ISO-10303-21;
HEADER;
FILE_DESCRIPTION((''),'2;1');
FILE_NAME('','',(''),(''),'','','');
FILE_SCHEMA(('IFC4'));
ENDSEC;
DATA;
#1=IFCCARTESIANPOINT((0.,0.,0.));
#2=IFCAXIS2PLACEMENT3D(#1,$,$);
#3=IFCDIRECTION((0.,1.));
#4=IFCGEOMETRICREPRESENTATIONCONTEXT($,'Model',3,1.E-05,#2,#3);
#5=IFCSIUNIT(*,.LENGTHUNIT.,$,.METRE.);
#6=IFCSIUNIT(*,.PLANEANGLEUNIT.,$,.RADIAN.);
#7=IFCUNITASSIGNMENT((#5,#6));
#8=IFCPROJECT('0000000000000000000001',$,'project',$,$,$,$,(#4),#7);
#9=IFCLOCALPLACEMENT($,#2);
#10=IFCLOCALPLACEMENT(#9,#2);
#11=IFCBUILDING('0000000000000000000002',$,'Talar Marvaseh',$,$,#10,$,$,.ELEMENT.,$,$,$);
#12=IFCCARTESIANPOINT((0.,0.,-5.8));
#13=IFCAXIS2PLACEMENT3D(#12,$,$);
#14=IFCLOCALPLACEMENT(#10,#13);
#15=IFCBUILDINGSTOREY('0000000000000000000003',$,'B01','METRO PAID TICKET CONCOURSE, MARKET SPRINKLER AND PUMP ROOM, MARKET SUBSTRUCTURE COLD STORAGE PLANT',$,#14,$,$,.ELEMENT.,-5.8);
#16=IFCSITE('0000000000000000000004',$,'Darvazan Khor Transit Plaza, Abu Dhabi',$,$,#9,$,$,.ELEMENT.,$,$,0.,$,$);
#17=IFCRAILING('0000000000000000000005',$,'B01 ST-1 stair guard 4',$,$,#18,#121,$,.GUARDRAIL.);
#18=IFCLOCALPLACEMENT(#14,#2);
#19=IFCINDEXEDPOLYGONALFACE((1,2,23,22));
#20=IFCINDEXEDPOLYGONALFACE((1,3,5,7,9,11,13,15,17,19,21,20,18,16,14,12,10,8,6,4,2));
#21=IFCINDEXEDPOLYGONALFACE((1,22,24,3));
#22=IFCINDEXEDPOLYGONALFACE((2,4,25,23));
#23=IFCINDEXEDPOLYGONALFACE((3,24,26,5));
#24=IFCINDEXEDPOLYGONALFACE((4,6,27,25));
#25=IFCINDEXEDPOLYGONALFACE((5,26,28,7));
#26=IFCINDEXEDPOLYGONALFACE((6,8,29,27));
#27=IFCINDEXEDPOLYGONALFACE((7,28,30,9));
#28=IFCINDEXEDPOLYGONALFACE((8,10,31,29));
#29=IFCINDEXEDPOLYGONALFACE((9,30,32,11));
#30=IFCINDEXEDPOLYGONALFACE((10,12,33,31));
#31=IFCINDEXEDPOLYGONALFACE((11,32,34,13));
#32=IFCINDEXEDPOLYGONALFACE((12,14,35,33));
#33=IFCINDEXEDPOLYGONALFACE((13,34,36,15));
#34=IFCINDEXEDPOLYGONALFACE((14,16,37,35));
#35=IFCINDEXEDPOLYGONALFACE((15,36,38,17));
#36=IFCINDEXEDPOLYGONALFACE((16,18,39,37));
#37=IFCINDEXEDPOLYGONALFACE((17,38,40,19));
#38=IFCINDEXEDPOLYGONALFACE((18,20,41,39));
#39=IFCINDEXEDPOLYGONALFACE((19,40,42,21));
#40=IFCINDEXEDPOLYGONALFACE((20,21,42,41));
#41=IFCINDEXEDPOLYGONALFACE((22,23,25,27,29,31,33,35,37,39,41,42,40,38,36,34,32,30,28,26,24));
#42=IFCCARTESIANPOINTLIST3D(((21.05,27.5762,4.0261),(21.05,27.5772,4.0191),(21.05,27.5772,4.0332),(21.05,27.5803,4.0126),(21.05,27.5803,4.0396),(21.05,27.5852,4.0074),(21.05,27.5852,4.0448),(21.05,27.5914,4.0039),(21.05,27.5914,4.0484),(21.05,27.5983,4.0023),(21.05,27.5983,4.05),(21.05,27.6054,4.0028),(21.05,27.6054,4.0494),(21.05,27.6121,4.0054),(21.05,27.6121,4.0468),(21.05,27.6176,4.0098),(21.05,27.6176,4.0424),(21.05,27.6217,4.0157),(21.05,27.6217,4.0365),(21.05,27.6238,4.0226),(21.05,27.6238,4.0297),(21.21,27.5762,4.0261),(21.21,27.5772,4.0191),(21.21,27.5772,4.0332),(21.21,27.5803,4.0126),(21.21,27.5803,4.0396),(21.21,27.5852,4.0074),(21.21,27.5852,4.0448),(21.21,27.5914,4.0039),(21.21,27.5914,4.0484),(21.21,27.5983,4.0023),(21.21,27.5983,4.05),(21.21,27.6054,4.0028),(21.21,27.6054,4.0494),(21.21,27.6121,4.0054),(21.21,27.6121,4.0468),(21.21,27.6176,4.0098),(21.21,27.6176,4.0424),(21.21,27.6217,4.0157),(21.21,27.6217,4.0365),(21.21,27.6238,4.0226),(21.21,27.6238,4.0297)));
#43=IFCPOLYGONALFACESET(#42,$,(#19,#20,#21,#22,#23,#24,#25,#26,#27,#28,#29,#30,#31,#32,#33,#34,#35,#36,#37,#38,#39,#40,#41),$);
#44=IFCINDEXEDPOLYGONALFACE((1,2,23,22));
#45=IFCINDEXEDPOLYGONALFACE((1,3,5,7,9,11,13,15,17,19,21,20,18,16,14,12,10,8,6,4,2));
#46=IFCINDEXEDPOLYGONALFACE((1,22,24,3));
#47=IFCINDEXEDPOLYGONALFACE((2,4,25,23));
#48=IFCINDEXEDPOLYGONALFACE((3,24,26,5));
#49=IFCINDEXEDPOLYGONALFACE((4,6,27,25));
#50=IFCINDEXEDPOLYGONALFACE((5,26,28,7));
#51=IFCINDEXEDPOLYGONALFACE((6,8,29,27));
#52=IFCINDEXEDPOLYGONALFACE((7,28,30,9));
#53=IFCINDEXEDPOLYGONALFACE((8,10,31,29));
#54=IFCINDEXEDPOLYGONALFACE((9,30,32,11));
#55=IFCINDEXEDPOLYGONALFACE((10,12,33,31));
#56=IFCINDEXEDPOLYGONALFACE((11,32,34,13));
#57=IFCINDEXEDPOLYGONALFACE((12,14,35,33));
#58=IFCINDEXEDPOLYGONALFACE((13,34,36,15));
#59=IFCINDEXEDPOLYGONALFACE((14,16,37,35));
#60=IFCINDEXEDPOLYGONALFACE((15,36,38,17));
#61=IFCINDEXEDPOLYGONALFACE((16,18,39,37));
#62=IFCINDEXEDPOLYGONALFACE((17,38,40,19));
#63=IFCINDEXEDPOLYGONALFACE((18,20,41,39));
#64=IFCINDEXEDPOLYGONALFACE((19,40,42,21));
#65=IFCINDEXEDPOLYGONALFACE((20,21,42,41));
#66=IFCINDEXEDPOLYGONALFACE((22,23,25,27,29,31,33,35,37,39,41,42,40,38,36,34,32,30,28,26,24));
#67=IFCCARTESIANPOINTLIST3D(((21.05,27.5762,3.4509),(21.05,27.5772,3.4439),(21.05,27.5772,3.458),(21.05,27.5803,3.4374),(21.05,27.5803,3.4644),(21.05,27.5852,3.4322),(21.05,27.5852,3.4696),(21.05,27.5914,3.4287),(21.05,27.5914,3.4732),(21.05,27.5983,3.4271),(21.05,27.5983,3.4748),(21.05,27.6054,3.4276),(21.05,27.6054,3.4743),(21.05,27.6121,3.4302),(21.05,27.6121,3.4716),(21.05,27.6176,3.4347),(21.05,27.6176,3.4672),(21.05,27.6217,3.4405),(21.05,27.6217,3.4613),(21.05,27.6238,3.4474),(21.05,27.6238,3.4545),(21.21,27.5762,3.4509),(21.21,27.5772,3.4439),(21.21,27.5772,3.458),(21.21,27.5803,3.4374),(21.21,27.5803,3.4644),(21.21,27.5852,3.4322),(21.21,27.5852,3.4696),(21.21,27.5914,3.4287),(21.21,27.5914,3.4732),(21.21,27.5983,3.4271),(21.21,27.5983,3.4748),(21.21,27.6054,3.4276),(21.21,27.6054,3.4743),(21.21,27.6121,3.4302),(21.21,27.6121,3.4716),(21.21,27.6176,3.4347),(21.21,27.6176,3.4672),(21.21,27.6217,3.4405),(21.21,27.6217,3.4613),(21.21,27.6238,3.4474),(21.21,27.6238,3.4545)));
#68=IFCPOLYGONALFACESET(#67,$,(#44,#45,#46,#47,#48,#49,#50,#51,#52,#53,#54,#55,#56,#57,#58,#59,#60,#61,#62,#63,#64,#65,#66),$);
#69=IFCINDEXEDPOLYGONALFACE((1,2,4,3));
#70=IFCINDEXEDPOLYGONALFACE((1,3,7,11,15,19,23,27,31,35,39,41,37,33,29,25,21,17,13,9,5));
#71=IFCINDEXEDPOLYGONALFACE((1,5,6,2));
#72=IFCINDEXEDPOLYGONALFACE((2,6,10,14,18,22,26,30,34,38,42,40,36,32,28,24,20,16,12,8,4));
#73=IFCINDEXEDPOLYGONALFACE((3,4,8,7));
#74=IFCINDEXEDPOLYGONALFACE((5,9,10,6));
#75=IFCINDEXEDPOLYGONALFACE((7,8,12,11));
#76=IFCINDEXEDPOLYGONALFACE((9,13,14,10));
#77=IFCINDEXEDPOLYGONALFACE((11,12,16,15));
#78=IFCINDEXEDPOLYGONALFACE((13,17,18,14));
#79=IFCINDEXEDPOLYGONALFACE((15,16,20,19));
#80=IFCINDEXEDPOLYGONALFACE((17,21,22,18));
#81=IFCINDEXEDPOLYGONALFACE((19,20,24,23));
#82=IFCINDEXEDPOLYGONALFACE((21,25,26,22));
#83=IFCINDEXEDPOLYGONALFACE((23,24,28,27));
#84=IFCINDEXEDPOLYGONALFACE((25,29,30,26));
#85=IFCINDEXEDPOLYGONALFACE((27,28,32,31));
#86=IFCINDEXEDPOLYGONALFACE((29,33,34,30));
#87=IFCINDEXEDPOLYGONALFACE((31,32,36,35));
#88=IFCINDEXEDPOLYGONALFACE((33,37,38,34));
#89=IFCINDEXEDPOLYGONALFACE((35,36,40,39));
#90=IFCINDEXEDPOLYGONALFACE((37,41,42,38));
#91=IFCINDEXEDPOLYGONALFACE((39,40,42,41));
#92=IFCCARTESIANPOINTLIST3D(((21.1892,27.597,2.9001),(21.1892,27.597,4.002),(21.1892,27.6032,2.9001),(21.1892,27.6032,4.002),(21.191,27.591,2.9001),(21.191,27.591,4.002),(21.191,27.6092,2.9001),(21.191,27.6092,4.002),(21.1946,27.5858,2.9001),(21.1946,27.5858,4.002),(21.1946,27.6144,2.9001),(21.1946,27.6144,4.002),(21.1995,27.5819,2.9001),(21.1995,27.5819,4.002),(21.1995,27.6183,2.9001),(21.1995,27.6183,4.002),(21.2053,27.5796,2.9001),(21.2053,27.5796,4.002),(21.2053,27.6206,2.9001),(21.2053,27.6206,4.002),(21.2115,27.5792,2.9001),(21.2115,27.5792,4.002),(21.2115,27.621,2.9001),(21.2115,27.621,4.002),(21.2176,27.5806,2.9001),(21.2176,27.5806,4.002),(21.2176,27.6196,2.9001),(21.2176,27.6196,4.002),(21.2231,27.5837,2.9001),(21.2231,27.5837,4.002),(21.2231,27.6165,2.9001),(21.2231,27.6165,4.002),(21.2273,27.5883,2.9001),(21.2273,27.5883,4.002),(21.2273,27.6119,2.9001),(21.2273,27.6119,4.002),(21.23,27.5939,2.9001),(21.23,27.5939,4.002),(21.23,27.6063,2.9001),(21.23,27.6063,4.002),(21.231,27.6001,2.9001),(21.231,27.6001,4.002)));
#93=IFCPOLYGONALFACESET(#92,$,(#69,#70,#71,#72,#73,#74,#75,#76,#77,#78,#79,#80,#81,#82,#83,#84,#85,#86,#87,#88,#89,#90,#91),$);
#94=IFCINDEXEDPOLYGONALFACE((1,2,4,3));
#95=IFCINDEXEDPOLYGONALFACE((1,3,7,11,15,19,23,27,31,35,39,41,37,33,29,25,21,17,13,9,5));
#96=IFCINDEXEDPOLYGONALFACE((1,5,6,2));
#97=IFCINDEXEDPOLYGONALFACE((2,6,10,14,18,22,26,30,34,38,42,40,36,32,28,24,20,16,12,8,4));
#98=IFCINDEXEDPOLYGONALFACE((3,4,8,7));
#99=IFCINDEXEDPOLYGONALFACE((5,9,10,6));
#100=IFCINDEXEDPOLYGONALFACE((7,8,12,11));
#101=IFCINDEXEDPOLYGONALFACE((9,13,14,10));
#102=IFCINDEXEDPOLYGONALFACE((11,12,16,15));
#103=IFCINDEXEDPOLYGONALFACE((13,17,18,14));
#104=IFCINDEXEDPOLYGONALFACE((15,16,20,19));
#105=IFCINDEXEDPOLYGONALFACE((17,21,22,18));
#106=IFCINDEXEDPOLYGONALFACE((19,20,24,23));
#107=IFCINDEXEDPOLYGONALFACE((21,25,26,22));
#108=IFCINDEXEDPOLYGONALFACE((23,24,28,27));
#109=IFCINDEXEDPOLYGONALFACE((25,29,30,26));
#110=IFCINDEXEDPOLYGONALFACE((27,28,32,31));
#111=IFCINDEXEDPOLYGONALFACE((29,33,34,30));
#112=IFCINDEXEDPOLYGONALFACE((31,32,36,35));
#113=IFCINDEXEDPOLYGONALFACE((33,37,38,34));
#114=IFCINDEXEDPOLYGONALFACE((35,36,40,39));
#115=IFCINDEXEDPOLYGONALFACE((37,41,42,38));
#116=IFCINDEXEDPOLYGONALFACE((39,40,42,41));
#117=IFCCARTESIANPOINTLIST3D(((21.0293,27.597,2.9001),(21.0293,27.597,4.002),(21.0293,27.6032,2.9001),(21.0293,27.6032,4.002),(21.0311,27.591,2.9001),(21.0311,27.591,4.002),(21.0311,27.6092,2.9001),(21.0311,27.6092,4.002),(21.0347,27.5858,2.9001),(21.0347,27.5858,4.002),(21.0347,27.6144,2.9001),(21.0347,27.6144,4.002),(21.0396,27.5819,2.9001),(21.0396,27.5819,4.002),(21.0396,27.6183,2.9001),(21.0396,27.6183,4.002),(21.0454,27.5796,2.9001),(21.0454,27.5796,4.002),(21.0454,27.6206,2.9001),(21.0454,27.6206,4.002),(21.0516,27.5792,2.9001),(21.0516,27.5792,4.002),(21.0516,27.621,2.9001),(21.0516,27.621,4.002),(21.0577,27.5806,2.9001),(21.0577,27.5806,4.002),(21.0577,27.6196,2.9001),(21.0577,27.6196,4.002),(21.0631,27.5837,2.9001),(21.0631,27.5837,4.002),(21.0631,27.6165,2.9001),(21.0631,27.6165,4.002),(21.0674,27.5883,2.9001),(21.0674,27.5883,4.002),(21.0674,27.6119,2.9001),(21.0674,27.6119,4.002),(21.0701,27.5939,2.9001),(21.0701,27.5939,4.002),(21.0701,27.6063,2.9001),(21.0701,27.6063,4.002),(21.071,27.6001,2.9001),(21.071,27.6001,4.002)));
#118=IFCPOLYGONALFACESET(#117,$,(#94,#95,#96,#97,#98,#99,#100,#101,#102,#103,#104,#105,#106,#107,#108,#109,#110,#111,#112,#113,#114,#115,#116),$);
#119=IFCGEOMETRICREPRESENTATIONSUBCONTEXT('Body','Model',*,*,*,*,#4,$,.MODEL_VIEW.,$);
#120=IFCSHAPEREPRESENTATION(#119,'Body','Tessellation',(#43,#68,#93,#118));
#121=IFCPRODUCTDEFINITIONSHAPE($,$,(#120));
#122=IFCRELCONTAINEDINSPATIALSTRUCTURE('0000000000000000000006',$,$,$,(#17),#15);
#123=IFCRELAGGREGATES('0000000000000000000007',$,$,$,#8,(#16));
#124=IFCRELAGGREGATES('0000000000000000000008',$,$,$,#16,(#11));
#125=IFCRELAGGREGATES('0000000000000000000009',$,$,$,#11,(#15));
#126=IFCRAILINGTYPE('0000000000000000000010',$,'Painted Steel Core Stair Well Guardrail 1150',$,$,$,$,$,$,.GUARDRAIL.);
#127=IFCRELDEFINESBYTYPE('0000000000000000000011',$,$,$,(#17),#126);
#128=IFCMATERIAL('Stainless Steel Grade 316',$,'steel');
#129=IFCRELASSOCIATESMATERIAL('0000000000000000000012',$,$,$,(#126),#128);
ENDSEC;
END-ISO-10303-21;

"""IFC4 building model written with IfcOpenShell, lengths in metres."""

from ifc_helpers import new_model, si_unit, direction, frame, origin, origin_2d, place, context, subcontext, project, spatial, circle, extrude, material, type_object, element, save


model = new_model("IFC4")

# Units and contexts
model_context = context("Model", 3, precision=1e-05, world=origin(), true_north=direction((0.0, 1.0)))
body_context = subcontext(model_context, "Body", "Model", "MODEL_VIEW")
ifc_project = project(units=[si_unit("LENGTHUNIT", "METRE"), si_unit("PLANEANGLEUNIT", "RADIAN")], contexts=[model_context])

# Site, building, storey
site_placement = place(None, origin())
site = spatial("IfcSite", under=ifc_project, at=site_placement, Name="Darvazan Khor Transit Plaza, Abu Dhabi", CompositionType="ELEMENT", RefElevation=0.0)
building_placement = place(site_placement, origin())
building = spatial("IfcBuilding", under=site, at=building_placement, Name="Talar Marvaseh", CompositionType="ELEMENT")
storey_placement = place(building_placement, frame((0.0, 0.0, -5.8)))
storey = spatial("IfcBuildingStorey", under=building, at=storey_placement, Name="B01", Description="METRO PAID TICKET CONCOURSE, MARKET SPRINKLER AND PUMP ROOM, MARKET SUBSTRUCTURE COLD STORAGE PLANT", CompositionType="ELEMENT", Elevation=-5.8)

# Railing
ifc_material_1 = material(Name="Stainless Steel Grade 316", Category="steel")
railing_type_1 = type_object("IfcRailingType", Name="Painted Steel Core Stair Well Guardrail 1150", PredefinedType="GUARDRAIL", material=ifc_material_1)
railing_1_placement = place(storey_placement, frame((21.21, 27.6001, 2.9001)))
element("IfcRailing", 1, at=railing_1_placement, inside=storey, type_object=railing_type_1, Name="B01 ST-1 stair guard 4", PredefinedType="GUARDRAIL", context=body_context, shape_type="SweptSolid", body=[
    extrude(circle(Radius=0.0239, at=origin_2d()), frame((0.0, 0.0, 1.126), z_axis=(-1.0, 0.0, 0.0), x_axis=(0.0, -1.0, 0.0)), (0.0, 0.0, 1.0), 0.1599),
    extrude(circle(Radius=0.0239, at=origin_2d()), frame((0.0, 0.0, 0.5508), z_axis=(-1.0, 0.0, 0.0), x_axis=(0.0, -1.0, 0.0)), (0.0, 0.0, 1.0), 0.1599),
    extrude(circle(Radius=0.021, at=origin_2d()), origin(), (0.0, 0.0, 1.0), 1.1018),
    extrude(circle(Radius=0.021, at=origin_2d()), frame((-0.1599, 0.0, 0.0)), (0.0, 0.0, 1.0), 1.1018),
])

save(model, "model.ifc")
